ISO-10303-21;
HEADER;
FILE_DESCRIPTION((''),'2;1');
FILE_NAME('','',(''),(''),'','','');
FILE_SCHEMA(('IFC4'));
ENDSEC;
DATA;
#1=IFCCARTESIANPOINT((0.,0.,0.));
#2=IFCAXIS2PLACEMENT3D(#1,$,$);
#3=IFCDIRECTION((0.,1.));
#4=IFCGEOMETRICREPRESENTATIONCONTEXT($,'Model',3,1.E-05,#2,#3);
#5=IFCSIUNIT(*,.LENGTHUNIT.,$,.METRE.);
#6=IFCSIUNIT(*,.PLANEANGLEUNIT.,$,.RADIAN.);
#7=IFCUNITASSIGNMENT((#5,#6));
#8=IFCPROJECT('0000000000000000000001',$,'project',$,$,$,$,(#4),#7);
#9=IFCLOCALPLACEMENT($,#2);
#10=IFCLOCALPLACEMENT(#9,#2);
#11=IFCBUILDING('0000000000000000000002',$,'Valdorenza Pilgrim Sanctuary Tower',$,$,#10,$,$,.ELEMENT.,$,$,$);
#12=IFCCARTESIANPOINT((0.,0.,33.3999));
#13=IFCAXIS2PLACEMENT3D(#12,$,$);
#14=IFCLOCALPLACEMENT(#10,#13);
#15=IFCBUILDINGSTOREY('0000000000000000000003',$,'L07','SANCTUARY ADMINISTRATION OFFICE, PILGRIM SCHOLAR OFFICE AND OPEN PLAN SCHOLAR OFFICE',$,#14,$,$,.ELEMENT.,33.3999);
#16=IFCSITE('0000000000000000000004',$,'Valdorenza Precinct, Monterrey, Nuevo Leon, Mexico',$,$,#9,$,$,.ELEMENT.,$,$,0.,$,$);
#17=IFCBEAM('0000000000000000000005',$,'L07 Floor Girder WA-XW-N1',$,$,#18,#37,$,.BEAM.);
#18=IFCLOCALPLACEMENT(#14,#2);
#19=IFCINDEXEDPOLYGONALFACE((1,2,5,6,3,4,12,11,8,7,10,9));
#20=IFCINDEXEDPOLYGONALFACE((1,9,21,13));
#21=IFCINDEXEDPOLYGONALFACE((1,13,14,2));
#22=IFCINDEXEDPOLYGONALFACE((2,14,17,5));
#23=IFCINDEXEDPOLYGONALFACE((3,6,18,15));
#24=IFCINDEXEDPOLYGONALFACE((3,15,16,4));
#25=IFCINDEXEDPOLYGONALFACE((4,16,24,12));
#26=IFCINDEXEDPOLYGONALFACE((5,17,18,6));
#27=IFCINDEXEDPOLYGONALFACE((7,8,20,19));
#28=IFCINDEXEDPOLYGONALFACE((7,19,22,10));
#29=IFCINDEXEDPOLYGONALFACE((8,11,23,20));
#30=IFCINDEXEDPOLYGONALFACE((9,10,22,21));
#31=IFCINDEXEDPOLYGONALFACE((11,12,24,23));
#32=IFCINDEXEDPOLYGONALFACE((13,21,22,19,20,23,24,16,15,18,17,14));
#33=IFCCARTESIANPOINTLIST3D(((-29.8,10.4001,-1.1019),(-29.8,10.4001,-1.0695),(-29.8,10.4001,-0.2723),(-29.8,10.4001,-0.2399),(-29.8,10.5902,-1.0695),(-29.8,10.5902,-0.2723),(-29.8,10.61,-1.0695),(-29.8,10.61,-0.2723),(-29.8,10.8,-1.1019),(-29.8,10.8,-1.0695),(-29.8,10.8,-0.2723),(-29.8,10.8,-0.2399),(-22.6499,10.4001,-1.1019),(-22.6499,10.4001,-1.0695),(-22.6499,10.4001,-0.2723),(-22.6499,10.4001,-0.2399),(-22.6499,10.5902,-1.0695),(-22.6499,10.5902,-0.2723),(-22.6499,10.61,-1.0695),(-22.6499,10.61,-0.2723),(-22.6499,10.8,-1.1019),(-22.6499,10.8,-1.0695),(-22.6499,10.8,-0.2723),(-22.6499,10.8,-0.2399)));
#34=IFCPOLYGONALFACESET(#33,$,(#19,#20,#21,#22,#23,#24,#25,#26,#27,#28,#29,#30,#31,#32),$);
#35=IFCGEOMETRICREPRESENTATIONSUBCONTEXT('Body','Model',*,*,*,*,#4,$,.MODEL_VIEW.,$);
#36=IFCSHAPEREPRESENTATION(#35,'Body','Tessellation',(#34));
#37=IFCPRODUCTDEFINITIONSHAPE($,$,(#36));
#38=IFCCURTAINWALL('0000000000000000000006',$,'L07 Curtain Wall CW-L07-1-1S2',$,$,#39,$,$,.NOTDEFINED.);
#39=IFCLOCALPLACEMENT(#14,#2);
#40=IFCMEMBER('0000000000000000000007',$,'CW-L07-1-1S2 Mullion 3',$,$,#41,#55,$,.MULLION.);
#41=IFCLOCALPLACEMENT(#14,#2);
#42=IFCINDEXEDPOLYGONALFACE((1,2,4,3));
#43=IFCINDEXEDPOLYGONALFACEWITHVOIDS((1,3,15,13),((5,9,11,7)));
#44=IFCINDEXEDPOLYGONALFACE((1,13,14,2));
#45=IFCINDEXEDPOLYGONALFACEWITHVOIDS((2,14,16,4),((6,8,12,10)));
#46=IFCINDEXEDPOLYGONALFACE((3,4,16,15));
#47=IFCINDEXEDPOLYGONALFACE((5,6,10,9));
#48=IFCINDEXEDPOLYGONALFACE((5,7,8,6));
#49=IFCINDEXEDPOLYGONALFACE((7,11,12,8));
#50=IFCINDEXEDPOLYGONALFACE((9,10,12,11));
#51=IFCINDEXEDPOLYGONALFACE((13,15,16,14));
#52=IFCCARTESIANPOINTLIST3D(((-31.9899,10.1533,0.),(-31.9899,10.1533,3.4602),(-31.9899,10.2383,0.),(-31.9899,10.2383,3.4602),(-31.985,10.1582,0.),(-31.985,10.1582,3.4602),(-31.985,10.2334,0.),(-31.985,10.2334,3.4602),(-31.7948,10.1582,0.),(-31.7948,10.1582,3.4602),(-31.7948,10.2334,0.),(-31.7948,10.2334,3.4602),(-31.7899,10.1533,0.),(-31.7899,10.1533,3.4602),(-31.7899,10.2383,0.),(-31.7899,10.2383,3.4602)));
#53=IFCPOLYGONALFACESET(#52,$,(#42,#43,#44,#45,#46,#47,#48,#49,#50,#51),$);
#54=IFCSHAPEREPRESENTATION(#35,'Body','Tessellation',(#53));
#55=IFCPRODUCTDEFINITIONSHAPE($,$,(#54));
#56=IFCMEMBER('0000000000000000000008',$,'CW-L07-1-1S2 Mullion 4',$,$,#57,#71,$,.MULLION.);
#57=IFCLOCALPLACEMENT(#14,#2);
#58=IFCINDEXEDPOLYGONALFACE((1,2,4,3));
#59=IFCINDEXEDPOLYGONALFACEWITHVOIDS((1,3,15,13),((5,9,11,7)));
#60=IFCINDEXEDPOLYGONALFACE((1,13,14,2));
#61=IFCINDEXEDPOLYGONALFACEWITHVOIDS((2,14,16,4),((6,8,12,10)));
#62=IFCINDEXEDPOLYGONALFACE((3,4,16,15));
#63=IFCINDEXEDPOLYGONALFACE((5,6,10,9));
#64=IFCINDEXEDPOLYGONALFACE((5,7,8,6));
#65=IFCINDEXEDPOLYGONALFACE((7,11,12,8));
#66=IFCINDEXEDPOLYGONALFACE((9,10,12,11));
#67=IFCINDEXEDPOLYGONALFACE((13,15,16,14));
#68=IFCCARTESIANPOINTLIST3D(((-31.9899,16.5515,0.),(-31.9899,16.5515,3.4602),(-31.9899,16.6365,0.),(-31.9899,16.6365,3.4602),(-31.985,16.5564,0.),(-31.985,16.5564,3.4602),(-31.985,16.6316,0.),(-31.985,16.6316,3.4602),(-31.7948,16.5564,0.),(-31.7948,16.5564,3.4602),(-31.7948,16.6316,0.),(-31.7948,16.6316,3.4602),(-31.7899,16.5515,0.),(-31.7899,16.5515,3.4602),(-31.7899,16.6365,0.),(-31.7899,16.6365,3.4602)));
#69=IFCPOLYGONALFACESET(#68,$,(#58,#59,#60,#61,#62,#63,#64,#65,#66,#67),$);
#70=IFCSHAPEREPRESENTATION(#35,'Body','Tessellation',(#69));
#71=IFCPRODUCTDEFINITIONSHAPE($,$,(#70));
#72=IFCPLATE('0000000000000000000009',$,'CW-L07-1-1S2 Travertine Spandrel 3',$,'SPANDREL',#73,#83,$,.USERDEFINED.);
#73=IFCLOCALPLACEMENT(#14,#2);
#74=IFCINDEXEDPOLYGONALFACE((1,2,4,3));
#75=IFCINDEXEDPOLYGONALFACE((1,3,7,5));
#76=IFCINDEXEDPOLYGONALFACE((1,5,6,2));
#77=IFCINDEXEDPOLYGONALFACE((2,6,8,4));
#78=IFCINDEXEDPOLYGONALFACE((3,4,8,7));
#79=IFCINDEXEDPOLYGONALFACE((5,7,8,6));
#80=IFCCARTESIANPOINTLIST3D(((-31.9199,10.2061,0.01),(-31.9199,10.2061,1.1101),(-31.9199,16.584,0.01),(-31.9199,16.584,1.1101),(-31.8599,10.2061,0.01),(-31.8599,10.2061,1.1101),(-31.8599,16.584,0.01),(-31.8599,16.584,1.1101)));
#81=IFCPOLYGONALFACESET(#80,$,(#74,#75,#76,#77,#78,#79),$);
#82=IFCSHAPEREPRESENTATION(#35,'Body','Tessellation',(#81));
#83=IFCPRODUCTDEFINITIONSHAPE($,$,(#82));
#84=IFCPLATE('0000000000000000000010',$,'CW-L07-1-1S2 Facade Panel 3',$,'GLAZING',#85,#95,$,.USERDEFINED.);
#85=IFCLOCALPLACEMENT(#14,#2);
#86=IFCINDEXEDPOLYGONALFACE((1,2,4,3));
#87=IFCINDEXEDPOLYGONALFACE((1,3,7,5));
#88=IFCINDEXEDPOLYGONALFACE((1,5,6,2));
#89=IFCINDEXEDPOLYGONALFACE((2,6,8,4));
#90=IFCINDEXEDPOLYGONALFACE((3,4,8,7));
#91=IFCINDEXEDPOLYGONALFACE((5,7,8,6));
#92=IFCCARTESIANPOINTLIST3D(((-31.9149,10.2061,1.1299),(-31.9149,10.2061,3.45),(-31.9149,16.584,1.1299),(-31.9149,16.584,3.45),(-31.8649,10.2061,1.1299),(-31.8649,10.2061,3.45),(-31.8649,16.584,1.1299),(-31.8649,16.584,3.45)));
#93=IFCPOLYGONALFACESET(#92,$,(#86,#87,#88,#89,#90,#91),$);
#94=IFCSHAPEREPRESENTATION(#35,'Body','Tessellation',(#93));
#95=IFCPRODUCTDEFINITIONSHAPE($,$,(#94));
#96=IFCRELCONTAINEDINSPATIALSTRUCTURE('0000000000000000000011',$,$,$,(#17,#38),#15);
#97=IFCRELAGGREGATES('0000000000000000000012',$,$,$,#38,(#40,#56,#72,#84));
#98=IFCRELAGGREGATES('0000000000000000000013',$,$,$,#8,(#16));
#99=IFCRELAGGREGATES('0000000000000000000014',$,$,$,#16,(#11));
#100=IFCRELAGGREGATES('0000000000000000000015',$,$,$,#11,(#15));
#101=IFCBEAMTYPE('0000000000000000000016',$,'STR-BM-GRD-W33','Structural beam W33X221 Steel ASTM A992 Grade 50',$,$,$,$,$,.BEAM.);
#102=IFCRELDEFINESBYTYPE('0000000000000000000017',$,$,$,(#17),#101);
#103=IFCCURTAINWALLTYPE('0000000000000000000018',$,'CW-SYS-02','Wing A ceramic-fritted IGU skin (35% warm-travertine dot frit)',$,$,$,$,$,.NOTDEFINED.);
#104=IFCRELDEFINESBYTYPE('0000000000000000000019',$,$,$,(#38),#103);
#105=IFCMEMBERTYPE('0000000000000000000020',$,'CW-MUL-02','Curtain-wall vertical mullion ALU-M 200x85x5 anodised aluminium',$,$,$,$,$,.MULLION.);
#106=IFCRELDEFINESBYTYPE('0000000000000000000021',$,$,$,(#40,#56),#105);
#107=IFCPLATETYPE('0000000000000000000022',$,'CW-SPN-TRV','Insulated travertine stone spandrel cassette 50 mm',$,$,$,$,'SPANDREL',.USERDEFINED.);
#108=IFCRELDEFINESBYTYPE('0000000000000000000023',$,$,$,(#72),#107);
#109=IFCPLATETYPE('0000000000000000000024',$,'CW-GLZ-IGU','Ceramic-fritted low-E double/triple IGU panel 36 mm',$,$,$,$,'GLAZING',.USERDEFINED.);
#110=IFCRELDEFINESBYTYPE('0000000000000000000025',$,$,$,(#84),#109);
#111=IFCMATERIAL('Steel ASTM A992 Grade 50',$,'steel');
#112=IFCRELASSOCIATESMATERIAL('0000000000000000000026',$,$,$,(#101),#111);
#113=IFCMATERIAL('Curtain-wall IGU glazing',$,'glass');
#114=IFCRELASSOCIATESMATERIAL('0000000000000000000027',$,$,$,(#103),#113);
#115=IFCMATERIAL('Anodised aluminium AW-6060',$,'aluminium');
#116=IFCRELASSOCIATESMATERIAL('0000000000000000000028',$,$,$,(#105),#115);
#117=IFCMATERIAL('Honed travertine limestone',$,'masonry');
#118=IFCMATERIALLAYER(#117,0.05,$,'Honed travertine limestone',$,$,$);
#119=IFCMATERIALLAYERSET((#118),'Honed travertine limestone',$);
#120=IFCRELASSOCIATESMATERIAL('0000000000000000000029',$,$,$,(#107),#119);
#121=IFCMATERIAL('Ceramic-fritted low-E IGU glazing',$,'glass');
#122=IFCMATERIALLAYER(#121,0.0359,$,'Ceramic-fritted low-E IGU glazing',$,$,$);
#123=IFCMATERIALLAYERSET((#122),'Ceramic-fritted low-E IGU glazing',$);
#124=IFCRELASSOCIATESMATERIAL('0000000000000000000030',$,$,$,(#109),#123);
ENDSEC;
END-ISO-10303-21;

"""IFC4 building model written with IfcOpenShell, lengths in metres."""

from ifc_helpers import new_model, si_unit, direction, frame, origin, origin_2d, place, context, subcontext, project, spatial, rectangle, hollow_rectangle, i_section, extrude, source, transform, mapped, material, layer, layer_set, material_profile, profile_set, type_object, element, aggregate, save


model = new_model("IFC4")

# Units and contexts
model_context = context("Model", 3, precision=1e-05, world=origin(), true_north=direction((0.0, 1.0)))
body_context = subcontext(model_context, "Body", "Model", "MODEL_VIEW")
ifc_project = project(units=[si_unit("LENGTHUNIT", "METRE"), si_unit("PLANEANGLEUNIT", "RADIAN")], contexts=[model_context])

# Site, building, storey
site_placement = place(None, origin())
site = spatial("IfcSite", under=ifc_project, at=site_placement, Name="Valdorenza Precinct, Monterrey, Nuevo Leon, Mexico", CompositionType="ELEMENT", RefElevation=0.0)
building_placement = place(site_placement, origin())
building = spatial("IfcBuilding", under=site, at=building_placement, Name="Valdorenza Pilgrim Sanctuary Tower", CompositionType="ELEMENT")
storey_placement = place(building_placement, frame((0.0, 0.0, 33.3999)))
storey = spatial("IfcBuildingStorey", under=building, at=storey_placement, Name="L07", Description="SANCTUARY ADMINISTRATION OFFICE, PILGRIM SCHOLAR OFFICE AND OPEN PLAN SCHOLAR OFFICE", CompositionType="ELEMENT", Elevation=33.3999)

# Beam
ifc_material_1 = material(Name="Steel ASTM A992 Grade 50", Category="steel")
ifc_material_profile_1 = material_profile(ifc_material_1, i_section(OverallWidth=0.3999, OverallDepth=0.8621, WebThickness=0.0198, FlangeThickness=0.0325, at=origin_2d()), Name="W33X221")
ifc_profile_set_1 = profile_set([ifc_material_profile_1], Name="Steel ASTM A992 Grade 50")
beam_type_1 = type_object("IfcBeamType", Name="STR-BM-GRD-W33", Description="Structural beam W33X221 Steel ASTM A992 Grade 50", PredefinedType="BEAM", material=ifc_profile_set_1)
shared_shape_1 = source(origin(), body_context, "Body", "SweptSolid", [
    extrude(i_section(OverallWidth=0.3999, OverallDepth=0.8621, WebThickness=0.0198, FlangeThickness=0.0325, at=origin_2d()), origin(), (0.0, 0.0, 1.0), 7.1501),
])
beam_1_placement = place(storey_placement, frame((-29.8, 10.6001, -0.6709), z_axis=(1.0, 0.0, 0.0), x_axis=(0.0, 1.0, 0.0)))
element("IfcBeam", 1, at=beam_1_placement, inside=storey, type_object=beam_type_1, Name="L07 Floor Girder WA-XW-N1", PredefinedType="BEAM", context=body_context, shape_type="MappedRepresentation", body=[
    mapped(shared_shape_1, transform((0.0, 0.0, 0.0), x_axis=(1.0, 0.0, 0.0), y_axis=(0.0, 1.0, 0.0), z_axis=(0.0, 0.0, 1.0), scale=1.0)),
])

# Curtain wall, members, plates
ifc_material_2 = material(Name="Curtain-wall IGU glazing", Category="glass")
curtain_wall_type = type_object("IfcCurtainWallType", Name="CW-SYS-02", Description="Wing A ceramic-fritted IGU skin (35% warm-travertine dot frit)", PredefinedType="NOTDEFINED", material=ifc_material_2)
curtain_wall_placement = place(storey_placement, origin())
curtain_wall = element("IfcCurtainWall", 2, at=curtain_wall_placement, inside=storey, type_object=curtain_wall_type, Name="L07 Curtain Wall CW-L07-1-1S2", PredefinedType="NOTDEFINED")
ifc_material_3 = material(Name="Anodised aluminium AW-6060", Category="aluminium")
ifc_material_profile_2 = material_profile(ifc_material_3, hollow_rectangle(XDim=0.085, YDim=0.2, WallThickness=0.0049, at=origin_2d()), Name="ALU-M 200x85x5")
ifc_profile_set_2 = profile_set([ifc_material_profile_2], Name="Anodised aluminium AW-6060")
member_type = type_object("IfcMemberType", Name="CW-MUL-02", Description="Curtain-wall vertical mullion ALU-M 200x85x5 anodised aluminium", PredefinedType="MULLION", material=ifc_profile_set_2)
shared_shape_2 = source(origin(), body_context, "Body", "SweptSolid", [
    extrude(hollow_rectangle(XDim=0.085, YDim=0.2, WallThickness=0.0049, at=origin_2d()), origin(), (0.0, 0.0, 1.0), 3.4602),
])
member_1_placement = place(storey_placement, frame((-31.8899, 10.1958, 0.0), z_axis=(0.0, 0.0, 1.0), x_axis=(0.0, 1.0, 0.0)))
member_1 = element("IfcMember", 3, at=member_1_placement, type_object=member_type, Name="CW-L07-1-1S2 Mullion 3", PredefinedType="MULLION", context=body_context, shape_type="MappedRepresentation", body=[
    mapped(shared_shape_2, transform((0.0, 0.0, 0.0), x_axis=(1.0, 0.0, 0.0), y_axis=(0.0, 1.0, 0.0), z_axis=(0.0, 0.0, 1.0), scale=1.0)),
])
member_2_placement = place(storey_placement, frame((-31.8899, 16.594, 0.0), z_axis=(0.0, 0.0, 1.0), x_axis=(0.0, 1.0, 0.0)))
member_2 = element("IfcMember", 4, at=member_2_placement, type_object=member_type, Name="CW-L07-1-1S2 Mullion 4", PredefinedType="MULLION", context=body_context, shape_type="MappedRepresentation", body=[
    mapped(shared_shape_2, transform((0.0, 0.0, 0.0), x_axis=(1.0, 0.0, 0.0), y_axis=(0.0, 1.0, 0.0), z_axis=(0.0, 0.0, 1.0), scale=1.0)),
])
ifc_material_4 = material(Name="Honed travertine limestone", Category="masonry")
ifc_layer_1 = layer(ifc_material_4, 0.05, Name="Honed travertine limestone")
ifc_layer_set_1 = layer_set([ifc_layer_1], Name="Honed travertine limestone")
plate_type_1 = type_object("IfcPlateType", Name="CW-SPN-TRV", Description="Insulated travertine stone spandrel cassette 50 mm", ElementType="SPANDREL", PredefinedType="USERDEFINED", material=ifc_layer_set_1)
shared_shape_3 = source(origin(), body_context, "Body", "SweptSolid", [
    extrude(rectangle(XDim=6.3779, YDim=0.0601, at=origin_2d()), origin(), (0.0, 0.0, 1.0), 1.1001),
])
plate_1_placement = place(storey_placement, frame((-31.8899, 13.395, 0.01), z_axis=(0.0, 0.0, 1.0), x_axis=(0.0, 1.0, 0.0)))
plate_1 = element("IfcPlate", 5, at=plate_1_placement, type_object=plate_type_1, Name="CW-L07-1-1S2 Travertine Spandrel 3", ObjectType="SPANDREL", PredefinedType="USERDEFINED", context=body_context, shape_type="MappedRepresentation", body=[
    mapped(shared_shape_3, transform((0.0, 0.0, 0.0), x_axis=(1.0, 0.0, 0.0), y_axis=(0.0, 1.0, 0.0), z_axis=(0.0, 0.0, 1.0), scale=1.0)),
])
ifc_material_5 = material(Name="Ceramic-fritted low-E IGU glazing", Category="glass")
ifc_layer_2 = layer(ifc_material_5, 0.0359, Name="Ceramic-fritted low-E IGU glazing")
ifc_layer_set_2 = layer_set([ifc_layer_2], Name="Ceramic-fritted low-E IGU glazing")
plate_type_2 = type_object("IfcPlateType", Name="CW-GLZ-IGU", Description="Ceramic-fritted low-E double/triple IGU panel 36 mm", ElementType="GLAZING", PredefinedType="USERDEFINED", material=ifc_layer_set_2)
shared_shape_4 = source(origin(), body_context, "Body", "SweptSolid", [
    extrude(rectangle(XDim=6.3779, YDim=0.05, at=origin_2d()), origin(), (0.0, 0.0, 1.0), 2.3201),
])
plate_2_placement = place(storey_placement, frame((-31.8899, 13.395, 1.1299), z_axis=(0.0, 0.0, 1.0), x_axis=(0.0, 1.0, 0.0)))
plate_2 = element("IfcPlate", 6, at=plate_2_placement, type_object=plate_type_2, Name="CW-L07-1-1S2 Facade Panel 3", ObjectType="GLAZING", PredefinedType="USERDEFINED", context=body_context, shape_type="MappedRepresentation", body=[
    mapped(shared_shape_4, transform((0.0, 0.0, 0.0), x_axis=(1.0, 0.0, 0.0), y_axis=(0.0, 1.0, 0.0), z_axis=(0.0, 0.0, 1.0), scale=1.0)),
])
aggregate(curtain_wall, [member_1, member_2, plate_1, plate_2])

save(model, "model.ifc")
